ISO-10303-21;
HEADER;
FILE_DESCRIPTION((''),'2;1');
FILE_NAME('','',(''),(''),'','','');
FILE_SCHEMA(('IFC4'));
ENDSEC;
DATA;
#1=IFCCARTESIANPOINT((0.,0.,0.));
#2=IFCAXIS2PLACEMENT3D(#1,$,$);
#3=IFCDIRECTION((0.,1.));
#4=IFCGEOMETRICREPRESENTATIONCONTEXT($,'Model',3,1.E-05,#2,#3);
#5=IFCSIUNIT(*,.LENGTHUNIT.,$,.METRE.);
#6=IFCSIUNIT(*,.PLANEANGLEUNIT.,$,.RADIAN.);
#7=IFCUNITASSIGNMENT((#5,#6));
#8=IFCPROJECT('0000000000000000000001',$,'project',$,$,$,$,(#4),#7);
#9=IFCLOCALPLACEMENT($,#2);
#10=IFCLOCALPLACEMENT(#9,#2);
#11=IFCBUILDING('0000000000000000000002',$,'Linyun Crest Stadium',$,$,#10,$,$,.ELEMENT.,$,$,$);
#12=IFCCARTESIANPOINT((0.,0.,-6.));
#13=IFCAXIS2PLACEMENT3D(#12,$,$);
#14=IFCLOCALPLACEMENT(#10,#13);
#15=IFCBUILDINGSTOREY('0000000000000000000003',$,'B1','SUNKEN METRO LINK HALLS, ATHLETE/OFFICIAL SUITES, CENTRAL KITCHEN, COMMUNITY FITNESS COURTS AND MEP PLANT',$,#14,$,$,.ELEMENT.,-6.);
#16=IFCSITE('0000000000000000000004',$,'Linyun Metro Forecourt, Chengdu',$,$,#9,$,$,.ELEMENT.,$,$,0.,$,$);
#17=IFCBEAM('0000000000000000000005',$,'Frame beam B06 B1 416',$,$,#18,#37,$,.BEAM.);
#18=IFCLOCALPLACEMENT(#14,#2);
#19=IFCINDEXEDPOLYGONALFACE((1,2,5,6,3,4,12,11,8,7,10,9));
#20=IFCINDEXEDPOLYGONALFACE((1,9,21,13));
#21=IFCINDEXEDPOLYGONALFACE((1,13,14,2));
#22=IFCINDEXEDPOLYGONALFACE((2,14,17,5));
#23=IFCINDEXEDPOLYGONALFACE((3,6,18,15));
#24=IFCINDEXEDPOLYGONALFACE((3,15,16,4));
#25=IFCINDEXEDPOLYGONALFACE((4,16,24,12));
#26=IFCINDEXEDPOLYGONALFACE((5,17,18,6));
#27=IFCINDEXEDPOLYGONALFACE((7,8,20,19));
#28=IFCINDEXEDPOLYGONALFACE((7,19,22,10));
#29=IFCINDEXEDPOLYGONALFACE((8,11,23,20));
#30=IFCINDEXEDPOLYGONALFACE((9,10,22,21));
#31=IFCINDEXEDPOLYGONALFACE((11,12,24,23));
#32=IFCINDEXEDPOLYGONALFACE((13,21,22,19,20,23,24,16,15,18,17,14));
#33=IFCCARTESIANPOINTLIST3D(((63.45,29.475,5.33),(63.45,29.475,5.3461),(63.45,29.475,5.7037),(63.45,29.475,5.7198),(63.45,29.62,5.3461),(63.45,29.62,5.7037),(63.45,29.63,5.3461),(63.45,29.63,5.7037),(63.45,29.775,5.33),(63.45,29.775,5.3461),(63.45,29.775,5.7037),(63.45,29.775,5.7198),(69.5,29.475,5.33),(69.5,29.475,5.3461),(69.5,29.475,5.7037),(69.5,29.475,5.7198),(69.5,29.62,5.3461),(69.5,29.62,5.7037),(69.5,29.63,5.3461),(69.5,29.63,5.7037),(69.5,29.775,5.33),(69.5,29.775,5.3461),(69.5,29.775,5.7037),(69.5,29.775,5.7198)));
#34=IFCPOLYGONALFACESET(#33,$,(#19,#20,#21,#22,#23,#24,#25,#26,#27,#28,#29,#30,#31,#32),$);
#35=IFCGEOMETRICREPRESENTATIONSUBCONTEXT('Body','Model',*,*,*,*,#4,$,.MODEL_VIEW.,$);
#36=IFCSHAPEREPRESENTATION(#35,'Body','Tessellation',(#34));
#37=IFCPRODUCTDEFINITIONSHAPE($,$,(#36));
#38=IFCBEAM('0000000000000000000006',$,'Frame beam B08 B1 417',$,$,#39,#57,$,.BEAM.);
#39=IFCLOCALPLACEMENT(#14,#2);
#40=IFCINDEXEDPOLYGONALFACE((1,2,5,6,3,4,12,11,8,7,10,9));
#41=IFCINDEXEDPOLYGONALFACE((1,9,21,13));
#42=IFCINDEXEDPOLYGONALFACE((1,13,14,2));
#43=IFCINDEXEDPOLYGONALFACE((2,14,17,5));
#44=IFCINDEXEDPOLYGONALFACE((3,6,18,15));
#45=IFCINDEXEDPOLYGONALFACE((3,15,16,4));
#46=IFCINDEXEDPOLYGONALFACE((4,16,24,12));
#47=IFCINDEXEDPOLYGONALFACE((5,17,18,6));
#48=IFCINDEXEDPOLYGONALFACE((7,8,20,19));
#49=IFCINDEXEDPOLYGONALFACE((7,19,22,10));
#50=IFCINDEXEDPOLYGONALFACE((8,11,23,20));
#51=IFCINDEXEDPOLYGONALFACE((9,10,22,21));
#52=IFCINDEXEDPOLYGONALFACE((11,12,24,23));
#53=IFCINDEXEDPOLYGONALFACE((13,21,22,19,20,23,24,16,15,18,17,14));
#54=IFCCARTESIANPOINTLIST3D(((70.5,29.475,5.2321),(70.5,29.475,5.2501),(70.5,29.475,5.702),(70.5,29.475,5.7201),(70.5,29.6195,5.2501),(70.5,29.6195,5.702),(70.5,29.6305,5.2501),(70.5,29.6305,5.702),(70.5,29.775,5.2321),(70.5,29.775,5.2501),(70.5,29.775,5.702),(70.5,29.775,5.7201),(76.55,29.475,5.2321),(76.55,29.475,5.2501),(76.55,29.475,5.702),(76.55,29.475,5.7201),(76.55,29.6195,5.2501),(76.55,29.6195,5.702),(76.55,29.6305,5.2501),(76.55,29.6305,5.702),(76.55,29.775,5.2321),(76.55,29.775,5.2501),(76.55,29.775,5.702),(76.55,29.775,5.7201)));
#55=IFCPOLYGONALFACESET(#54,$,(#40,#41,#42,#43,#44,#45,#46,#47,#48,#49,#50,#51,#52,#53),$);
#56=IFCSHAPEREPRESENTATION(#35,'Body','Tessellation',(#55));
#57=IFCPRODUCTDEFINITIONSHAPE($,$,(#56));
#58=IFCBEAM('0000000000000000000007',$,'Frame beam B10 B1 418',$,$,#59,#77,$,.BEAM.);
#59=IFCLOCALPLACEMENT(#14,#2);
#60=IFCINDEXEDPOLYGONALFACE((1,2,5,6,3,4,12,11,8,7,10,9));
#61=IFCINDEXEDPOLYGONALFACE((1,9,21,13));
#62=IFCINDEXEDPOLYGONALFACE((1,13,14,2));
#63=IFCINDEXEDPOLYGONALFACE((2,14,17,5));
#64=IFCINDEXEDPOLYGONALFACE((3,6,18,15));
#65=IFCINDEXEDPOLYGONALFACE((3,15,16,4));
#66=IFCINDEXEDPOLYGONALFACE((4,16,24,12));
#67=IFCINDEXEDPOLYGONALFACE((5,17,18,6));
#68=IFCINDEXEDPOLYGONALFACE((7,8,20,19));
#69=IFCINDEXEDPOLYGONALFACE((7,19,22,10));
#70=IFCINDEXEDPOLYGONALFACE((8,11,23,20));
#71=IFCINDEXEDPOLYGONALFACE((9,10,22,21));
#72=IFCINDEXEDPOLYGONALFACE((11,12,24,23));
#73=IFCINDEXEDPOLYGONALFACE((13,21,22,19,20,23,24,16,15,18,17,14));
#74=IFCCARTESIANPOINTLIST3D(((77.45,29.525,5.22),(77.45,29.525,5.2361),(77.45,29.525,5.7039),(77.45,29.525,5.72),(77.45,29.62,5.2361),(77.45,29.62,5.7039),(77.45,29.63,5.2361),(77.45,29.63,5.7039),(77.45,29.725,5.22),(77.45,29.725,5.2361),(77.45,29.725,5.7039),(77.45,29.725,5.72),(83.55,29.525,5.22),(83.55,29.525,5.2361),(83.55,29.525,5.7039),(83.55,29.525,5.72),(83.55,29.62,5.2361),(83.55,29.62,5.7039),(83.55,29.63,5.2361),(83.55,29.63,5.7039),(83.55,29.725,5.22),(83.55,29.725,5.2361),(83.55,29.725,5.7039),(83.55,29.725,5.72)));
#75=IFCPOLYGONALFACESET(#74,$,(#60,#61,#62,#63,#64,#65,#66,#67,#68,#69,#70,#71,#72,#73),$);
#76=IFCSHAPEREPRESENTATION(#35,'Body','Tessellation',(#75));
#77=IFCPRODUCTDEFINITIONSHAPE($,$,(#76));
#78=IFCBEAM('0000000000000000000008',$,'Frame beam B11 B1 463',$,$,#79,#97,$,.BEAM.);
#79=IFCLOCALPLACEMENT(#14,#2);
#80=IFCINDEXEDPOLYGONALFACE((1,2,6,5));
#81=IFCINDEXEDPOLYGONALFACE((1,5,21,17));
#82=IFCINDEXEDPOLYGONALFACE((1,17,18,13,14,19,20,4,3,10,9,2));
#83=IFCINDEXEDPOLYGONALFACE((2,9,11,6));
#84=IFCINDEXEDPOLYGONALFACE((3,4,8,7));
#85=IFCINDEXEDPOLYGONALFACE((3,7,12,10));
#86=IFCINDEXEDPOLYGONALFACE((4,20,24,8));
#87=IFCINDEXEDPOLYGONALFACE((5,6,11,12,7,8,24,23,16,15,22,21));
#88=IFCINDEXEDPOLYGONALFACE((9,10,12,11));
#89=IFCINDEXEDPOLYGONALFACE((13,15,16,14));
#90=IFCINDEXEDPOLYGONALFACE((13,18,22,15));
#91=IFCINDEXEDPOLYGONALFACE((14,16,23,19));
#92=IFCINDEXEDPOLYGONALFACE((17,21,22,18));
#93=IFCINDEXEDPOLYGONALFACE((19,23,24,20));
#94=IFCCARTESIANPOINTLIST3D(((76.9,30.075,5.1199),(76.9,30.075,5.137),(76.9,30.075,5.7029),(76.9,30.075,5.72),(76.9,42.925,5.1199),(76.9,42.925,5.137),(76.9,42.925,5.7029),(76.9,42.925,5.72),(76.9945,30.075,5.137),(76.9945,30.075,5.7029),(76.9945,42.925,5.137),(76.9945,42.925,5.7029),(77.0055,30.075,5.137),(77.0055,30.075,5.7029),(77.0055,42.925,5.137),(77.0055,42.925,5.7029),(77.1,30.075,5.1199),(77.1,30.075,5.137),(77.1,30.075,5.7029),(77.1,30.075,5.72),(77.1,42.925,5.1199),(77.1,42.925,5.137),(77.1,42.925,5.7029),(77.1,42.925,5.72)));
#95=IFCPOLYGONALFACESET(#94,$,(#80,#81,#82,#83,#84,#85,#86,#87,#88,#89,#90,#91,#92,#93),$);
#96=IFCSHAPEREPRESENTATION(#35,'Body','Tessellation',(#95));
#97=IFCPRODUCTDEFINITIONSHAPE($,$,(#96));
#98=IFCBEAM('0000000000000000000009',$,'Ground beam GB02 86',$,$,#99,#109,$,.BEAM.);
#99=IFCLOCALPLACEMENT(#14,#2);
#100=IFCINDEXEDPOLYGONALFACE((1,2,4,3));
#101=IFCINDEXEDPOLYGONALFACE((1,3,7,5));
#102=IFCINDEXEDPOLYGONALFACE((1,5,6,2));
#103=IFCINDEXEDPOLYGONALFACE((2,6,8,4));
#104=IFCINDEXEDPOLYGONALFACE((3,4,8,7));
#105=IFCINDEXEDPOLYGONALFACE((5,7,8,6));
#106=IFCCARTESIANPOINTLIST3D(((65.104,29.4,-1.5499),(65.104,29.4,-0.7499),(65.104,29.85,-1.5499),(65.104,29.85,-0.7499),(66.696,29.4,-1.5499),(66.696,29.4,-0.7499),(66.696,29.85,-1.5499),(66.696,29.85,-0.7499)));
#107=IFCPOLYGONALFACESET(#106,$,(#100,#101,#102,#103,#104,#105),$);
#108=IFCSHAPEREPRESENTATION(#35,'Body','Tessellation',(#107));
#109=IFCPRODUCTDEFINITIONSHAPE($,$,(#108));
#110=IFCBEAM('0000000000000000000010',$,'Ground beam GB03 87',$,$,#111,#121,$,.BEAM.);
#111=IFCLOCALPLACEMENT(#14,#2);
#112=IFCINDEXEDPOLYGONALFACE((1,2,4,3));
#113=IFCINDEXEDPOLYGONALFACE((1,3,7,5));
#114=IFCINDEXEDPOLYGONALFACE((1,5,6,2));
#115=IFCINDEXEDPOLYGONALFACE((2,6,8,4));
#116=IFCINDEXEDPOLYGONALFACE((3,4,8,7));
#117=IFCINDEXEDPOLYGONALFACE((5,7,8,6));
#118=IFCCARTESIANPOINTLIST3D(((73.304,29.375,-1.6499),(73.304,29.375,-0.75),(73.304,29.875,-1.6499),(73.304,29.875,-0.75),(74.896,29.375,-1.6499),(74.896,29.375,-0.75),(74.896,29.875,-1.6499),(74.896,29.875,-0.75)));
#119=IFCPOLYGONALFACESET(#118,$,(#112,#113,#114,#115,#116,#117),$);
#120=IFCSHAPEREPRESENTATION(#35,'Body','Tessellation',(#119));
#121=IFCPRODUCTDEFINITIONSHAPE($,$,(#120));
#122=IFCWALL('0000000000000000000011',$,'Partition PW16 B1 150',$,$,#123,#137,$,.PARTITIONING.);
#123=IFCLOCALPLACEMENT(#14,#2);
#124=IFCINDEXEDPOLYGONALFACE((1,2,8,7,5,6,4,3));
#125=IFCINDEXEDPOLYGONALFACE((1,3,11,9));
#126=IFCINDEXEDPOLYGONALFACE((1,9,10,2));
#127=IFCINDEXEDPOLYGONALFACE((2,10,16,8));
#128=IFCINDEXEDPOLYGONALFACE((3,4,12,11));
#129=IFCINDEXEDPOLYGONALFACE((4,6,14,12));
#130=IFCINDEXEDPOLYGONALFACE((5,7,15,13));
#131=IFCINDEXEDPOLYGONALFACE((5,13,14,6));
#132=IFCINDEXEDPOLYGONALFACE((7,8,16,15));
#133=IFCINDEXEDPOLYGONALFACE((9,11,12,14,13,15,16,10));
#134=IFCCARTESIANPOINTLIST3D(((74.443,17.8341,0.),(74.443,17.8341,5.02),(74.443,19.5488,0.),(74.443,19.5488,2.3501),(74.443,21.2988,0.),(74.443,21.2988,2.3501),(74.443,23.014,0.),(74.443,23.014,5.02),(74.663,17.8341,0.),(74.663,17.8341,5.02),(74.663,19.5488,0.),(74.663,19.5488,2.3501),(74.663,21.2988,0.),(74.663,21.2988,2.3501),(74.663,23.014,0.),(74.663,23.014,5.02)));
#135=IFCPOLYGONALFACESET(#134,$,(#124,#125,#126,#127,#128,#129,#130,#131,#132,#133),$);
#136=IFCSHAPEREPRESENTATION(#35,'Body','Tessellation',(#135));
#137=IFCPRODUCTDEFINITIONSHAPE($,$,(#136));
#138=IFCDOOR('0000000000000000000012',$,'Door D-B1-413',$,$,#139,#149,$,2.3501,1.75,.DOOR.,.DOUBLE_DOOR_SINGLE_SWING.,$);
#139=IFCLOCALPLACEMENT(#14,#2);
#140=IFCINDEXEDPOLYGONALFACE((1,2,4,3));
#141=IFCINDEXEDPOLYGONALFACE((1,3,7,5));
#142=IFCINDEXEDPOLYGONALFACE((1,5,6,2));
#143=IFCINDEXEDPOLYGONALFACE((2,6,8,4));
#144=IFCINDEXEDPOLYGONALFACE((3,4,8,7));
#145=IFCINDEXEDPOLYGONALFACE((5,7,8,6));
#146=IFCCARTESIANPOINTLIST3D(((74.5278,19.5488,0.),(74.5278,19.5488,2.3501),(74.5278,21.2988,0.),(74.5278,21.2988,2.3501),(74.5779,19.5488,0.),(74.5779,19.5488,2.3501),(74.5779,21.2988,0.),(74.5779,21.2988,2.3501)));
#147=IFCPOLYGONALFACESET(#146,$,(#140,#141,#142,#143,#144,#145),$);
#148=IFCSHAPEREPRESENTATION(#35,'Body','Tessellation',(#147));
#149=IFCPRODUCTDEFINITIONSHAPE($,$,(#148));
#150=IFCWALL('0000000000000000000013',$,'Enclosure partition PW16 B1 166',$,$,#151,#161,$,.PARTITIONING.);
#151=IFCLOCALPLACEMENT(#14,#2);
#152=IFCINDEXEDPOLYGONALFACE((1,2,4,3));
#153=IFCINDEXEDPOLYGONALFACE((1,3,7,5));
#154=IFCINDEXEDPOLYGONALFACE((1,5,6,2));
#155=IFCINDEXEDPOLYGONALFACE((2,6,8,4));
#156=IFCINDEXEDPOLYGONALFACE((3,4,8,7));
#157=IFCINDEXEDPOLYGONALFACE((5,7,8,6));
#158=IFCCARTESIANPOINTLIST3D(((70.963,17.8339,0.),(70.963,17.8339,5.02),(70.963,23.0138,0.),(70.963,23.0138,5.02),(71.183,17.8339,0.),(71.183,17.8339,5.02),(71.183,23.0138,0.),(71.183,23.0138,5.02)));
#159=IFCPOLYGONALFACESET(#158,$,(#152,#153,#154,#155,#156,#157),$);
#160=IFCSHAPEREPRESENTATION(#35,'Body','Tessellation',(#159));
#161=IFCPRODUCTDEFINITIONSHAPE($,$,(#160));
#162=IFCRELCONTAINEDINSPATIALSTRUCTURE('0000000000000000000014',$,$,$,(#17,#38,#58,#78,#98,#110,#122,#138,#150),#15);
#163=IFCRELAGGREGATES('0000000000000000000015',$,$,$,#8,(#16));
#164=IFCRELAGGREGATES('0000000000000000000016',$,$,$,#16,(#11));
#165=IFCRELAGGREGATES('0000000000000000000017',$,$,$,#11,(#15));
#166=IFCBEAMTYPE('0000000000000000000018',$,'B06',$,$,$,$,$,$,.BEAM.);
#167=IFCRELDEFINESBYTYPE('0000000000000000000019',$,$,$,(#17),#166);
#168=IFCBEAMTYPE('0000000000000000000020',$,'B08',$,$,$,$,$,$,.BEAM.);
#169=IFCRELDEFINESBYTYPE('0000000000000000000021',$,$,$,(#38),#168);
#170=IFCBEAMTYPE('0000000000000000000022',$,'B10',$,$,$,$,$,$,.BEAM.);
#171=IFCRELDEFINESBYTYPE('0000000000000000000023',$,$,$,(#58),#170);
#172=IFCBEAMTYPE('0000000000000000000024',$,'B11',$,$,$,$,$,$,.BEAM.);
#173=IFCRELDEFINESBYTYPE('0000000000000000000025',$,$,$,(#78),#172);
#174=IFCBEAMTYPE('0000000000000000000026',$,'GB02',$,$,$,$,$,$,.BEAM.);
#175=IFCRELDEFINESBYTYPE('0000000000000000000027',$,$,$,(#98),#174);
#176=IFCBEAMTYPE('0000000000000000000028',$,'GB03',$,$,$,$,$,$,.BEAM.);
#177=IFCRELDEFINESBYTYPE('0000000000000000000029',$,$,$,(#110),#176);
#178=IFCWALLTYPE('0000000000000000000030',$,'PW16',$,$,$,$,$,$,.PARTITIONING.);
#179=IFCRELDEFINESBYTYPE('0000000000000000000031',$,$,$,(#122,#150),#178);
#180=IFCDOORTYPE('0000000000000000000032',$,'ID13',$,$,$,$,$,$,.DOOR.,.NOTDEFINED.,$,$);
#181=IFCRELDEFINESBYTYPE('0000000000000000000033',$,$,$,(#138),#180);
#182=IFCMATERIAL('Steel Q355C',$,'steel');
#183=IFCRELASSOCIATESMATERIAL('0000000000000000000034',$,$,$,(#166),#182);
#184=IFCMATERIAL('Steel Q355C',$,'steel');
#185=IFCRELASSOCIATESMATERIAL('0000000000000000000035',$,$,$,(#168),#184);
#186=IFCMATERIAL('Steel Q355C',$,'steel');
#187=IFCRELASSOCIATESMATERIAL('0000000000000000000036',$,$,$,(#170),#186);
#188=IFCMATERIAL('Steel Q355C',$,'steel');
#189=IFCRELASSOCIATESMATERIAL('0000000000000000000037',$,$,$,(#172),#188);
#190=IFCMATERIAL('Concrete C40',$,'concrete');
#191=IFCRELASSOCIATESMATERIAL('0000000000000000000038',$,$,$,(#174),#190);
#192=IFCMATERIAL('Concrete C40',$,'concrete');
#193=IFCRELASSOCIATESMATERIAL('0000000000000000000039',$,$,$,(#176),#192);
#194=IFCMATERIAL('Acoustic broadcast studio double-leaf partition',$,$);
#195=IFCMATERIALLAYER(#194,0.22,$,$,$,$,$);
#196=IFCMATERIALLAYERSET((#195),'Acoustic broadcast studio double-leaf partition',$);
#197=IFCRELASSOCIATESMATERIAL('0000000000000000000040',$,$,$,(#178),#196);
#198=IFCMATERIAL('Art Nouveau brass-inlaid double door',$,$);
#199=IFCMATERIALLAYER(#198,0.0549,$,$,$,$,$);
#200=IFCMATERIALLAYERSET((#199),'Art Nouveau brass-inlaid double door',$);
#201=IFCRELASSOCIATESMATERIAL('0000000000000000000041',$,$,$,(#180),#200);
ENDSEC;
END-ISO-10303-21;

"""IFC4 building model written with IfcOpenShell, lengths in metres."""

from ifc_helpers import new_model, si_unit, direction, frame, frame_2d, origin, origin_2d, place, context, subcontext, project, spatial, rectangle, i_section, extrude, material, layer, layer_set, material_profile, profile_set, type_object, element, fill, save


model = new_model("IFC4")

# Units and contexts
model_context = context("Model", 3, precision=1e-05, world=origin(), true_north=direction((0.0, 1.0)))
body_context = subcontext(model_context, "Body", "Model", "MODEL_VIEW")
ifc_project = project(units=[si_unit("LENGTHUNIT", "METRE"), si_unit("PLANEANGLEUNIT", "RADIAN")], contexts=[model_context])

# Site, building, storey
site_placement = place(None, origin())
site = spatial("IfcSite", under=ifc_project, at=site_placement, Name="Linyun Metro Forecourt, Chengdu", CompositionType="ELEMENT", RefElevation=0.0)
building_placement = place(site_placement, origin())
building = spatial("IfcBuilding", under=site, at=building_placement, Name="Linyun Crest Stadium", CompositionType="ELEMENT")
storey_placement = place(building_placement, frame((0.0, 0.0, -6.0)))
storey = spatial("IfcBuildingStorey", under=building, at=storey_placement, Name="B1", Description="SUNKEN METRO LINK HALLS, ATHLETE/OFFICIAL SUITES, CENTRAL KITCHEN, COMMUNITY FITNESS COURTS AND MEP PLANT", CompositionType="ELEMENT", Elevation=-6.0)

# Beams
ifc_material_1 = material(Name="Steel Q355C", Category="steel")
ifc_material_profile_1 = material_profile(ifc_material_1, i_section(OverallWidth=0.3, OverallDepth=0.3899, WebThickness=0.01, FlangeThickness=0.0161, at=origin_2d()), Name="HM 390x300")
ifc_profile_set_1 = profile_set([ifc_material_profile_1], Name="Steel Q355C")
beam_type_1 = type_object("IfcBeamType", Name="B06", PredefinedType="BEAM", material=ifc_profile_set_1)
beam_1_placement = place(storey_placement, frame((63.45, 29.625, 5.5249), z_axis=(1.0, 0.0, 0.0), x_axis=(0.0, 1.0, 0.0)))
element("IfcBeam", 1, at=beam_1_placement, inside=storey, type_object=beam_type_1, Name="Frame beam B06 B1 416", PredefinedType="BEAM", context=body_context, shape_type="SweptSolid", body=[
    extrude(i_section(OverallWidth=0.3, OverallDepth=0.3899, WebThickness=0.01, FlangeThickness=0.0161, at=origin_2d()), origin(), (0.0, 0.0, 1.0), 6.05),
])
ifc_material_2 = material(Name="Steel Q355C", Category="steel")
ifc_material_profile_2 = material_profile(ifc_material_2, i_section(OverallWidth=0.3, OverallDepth=0.488, WebThickness=0.011, FlangeThickness=0.0181, at=origin_2d()), Name="HM 488x300")
ifc_profile_set_2 = profile_set([ifc_material_profile_2], Name="Steel Q355C")
beam_type_2 = type_object("IfcBeamType", Name="B08", PredefinedType="BEAM", material=ifc_profile_set_2)
beam_2_placement = place(storey_placement, frame((70.5, 29.625, 5.4761), z_axis=(1.0, 0.0, 0.0), x_axis=(0.0, 1.0, 0.0)))
element("IfcBeam", 2, at=beam_2_placement, inside=storey, type_object=beam_type_2, Name="Frame beam B08 B1 417", PredefinedType="BEAM", context=body_context, shape_type="SweptSolid", body=[
    extrude(i_section(OverallWidth=0.3, OverallDepth=0.488, WebThickness=0.011, FlangeThickness=0.0181, at=origin_2d()), origin(), (0.0, 0.0, 1.0), 6.05),
])
ifc_material_3 = material(Name="Steel Q355C", Category="steel")
ifc_material_profile_3 = material_profile(ifc_material_3, i_section(OverallWidth=0.2, OverallDepth=0.5, WebThickness=0.01, FlangeThickness=0.0161, at=origin_2d()), Name="HN 500x200")
ifc_profile_set_3 = profile_set([ifc_material_profile_3], Name="Steel Q355C")
beam_type_3 = type_object("IfcBeamType", Name="B10", PredefinedType="BEAM", material=ifc_profile_set_3)
beam_3_placement = place(storey_placement, frame((77.45, 29.625, 5.47), z_axis=(1.0, 0.0, 0.0), x_axis=(0.0, 1.0, 0.0)))
element("IfcBeam", 3, at=beam_3_placement, inside=storey, type_object=beam_type_3, Name="Frame beam B10 B1 418", PredefinedType="BEAM", context=body_context, shape_type="SweptSolid", body=[
    extrude(i_section(OverallWidth=0.2, OverallDepth=0.5, WebThickness=0.01, FlangeThickness=0.0161, at=origin_2d()), origin(), (0.0, 0.0, 1.0), 6.1001),
])
ifc_material_4 = material(Name="Steel Q355C", Category="steel")
ifc_material_profile_4 = material_profile(ifc_material_4, i_section(OverallWidth=0.2, OverallDepth=0.6001, WebThickness=0.011, FlangeThickness=0.0171, at=origin_2d()), Name="HN 600x200")
ifc_profile_set_4 = profile_set([ifc_material_profile_4], Name="Steel Q355C")
beam_type_4 = type_object("IfcBeamType", Name="B11", PredefinedType="BEAM", material=ifc_profile_set_4)
beam_4_placement = place(storey_placement, frame((77.0, 30.075, 5.4199), z_axis=(0.0, 1.0, 0.0), x_axis=(-1.0, 0.0, 0.0)))
element("IfcBeam", 4, at=beam_4_placement, inside=storey, type_object=beam_type_4, Name="Frame beam B11 B1 463", PredefinedType="BEAM", context=body_context, shape_type="SweptSolid", body=[
    extrude(i_section(OverallWidth=0.2, OverallDepth=0.6001, WebThickness=0.011, FlangeThickness=0.0171, at=origin_2d()), origin(), (0.0, 0.0, 1.0), 12.8501),
])
ifc_material_5 = material(Name="Concrete C40", Category="concrete")
ifc_material_profile_5 = material_profile(ifc_material_5, rectangle(XDim=0.45, YDim=0.8, at=origin_2d()), Name="RCB 800x450")
ifc_profile_set_5 = profile_set([ifc_material_profile_5], Name="Concrete C40")
beam_type_5 = type_object("IfcBeamType", Name="GB02", PredefinedType="BEAM", material=ifc_profile_set_5)
beam_5_placement = place(storey_placement, frame((65.104, 29.625, -1.1499), z_axis=(1.0, 0.0, 0.0), x_axis=(0.0, 1.0, 0.0)))
element("IfcBeam", 5, at=beam_5_placement, inside=storey, type_object=beam_type_5, Name="Ground beam GB02 86", PredefinedType="BEAM", context=body_context, shape_type="SweptSolid", body=[
    extrude(rectangle(XDim=0.45, YDim=0.8, at=origin_2d()), origin(), (0.0, 0.0, 1.0), 1.592),
])
ifc_material_6 = material(Name="Concrete C40", Category="concrete")
ifc_material_profile_6 = material_profile(ifc_material_6, rectangle(XDim=0.5, YDim=0.8999, at=origin_2d()), Name="RCB 900x500")
ifc_profile_set_6 = profile_set([ifc_material_profile_6], Name="Concrete C40")
beam_type_6 = type_object("IfcBeamType", Name="GB03", PredefinedType="BEAM", material=ifc_profile_set_6)
beam_6_placement = place(storey_placement, frame((73.304, 29.625, -1.2), z_axis=(1.0, 0.0, 0.0), x_axis=(0.0, 1.0, 0.0)))
element("IfcBeam", 6, at=beam_6_placement, inside=storey, type_object=beam_type_6, Name="Ground beam GB03 87", PredefinedType="BEAM", context=body_context, shape_type="SweptSolid", body=[
    extrude(rectangle(XDim=0.5, YDim=0.8999, at=origin_2d()), origin(), (0.0, 0.0, 1.0), 1.592),
])

# Wall, opening, door
ifc_material_7 = material(Name="Acoustic broadcast studio double-leaf partition")
ifc_layer_1 = layer(ifc_material_7, 0.22)
ifc_layer_set_1 = layer_set([ifc_layer_1], Name="Acoustic broadcast studio double-leaf partition")
wall_type = type_object("IfcWallType", Name="PW16", PredefinedType="PARTITIONING", material=ifc_layer_set_1)
wall_1_placement = place(storey_placement, frame((74.553, 23.0139, 0.0), z_axis=(0.0, 0.0, 1.0), x_axis=(0.0, -1.0, 0.0)))
wall_1 = element("IfcWall", 7, at=wall_1_placement, inside=storey, type_object=wall_type, Name="Partition PW16 B1 150", PredefinedType="PARTITIONING", context=body_context, shape_type="SweptSolid", body=[
    extrude(rectangle(XDim=5.1799, YDim=0.22, at=frame_2d((2.5898, 0.0))), origin(), (0.0, 0.0, 1.0), 5.02),
])
opening_placement = place(wall_1_placement, frame((1.7151, 0.0, 0.0)))
opening = element("IfcOpeningElement", 8, at=opening_placement, cuts=wall_1, PredefinedType="OPENING", context=body_context, shape_type="SweptSolid", body=[
    extrude(rectangle(XDim=1.75, YDim=2.3501, at=frame_2d((0.875, 1.175))), frame((0.0, 0.1199, 0.0), z_axis=(0.0, -1.0, 0.0), x_axis=(1.0, 0.0, 0.0)), (0.0, 0.0, 1.0), 0.24),
])
ifc_material_8 = material(Name="Art Nouveau brass-inlaid double door")
ifc_layer_2 = layer(ifc_material_8, 0.0549)
ifc_layer_set_2 = layer_set([ifc_layer_2], Name="Art Nouveau brass-inlaid double door")
door_type = type_object("IfcDoorType", Name="ID13", OperationType="NOTDEFINED", PredefinedType="DOOR", material=ifc_layer_set_2)
door_placement = place(opening_placement, origin())
door = element("IfcDoor", 9, at=door_placement, inside=storey, type_object=door_type, Name="Door D-B1-413", OperationType="DOUBLE_DOOR_SINGLE_SWING", OverallHeight=2.3501, OverallWidth=1.75, PredefinedType="DOOR", context=body_context, shape_type="SweptSolid", body=[
    extrude(rectangle(XDim=1.75, YDim=2.3501, at=frame_2d((0.875, 1.175))), frame((0.0, 0.0249, 0.0), z_axis=(0.0, -1.0, 0.0), x_axis=(1.0, 0.0, 0.0)), (0.0, 0.0, 1.0), 0.05),
])
fill(opening, door)

# Wall
wall_2_placement = place(storey_placement, frame((71.073, 17.834, 0.0), z_axis=(0.0, 0.0, 1.0), x_axis=(0.0, 1.0, 0.0)))
element("IfcWall", 10, at=wall_2_placement, inside=storey, type_object=wall_type, Name="Enclosure partition PW16 B1 166", PredefinedType="PARTITIONING", context=body_context, shape_type="SweptSolid", body=[
    extrude(rectangle(XDim=5.1799, YDim=0.22, at=frame_2d((2.5898, 0.0))), origin(), (0.0, 0.0, 1.0), 5.02),
])

save(model, "model.ifc")
